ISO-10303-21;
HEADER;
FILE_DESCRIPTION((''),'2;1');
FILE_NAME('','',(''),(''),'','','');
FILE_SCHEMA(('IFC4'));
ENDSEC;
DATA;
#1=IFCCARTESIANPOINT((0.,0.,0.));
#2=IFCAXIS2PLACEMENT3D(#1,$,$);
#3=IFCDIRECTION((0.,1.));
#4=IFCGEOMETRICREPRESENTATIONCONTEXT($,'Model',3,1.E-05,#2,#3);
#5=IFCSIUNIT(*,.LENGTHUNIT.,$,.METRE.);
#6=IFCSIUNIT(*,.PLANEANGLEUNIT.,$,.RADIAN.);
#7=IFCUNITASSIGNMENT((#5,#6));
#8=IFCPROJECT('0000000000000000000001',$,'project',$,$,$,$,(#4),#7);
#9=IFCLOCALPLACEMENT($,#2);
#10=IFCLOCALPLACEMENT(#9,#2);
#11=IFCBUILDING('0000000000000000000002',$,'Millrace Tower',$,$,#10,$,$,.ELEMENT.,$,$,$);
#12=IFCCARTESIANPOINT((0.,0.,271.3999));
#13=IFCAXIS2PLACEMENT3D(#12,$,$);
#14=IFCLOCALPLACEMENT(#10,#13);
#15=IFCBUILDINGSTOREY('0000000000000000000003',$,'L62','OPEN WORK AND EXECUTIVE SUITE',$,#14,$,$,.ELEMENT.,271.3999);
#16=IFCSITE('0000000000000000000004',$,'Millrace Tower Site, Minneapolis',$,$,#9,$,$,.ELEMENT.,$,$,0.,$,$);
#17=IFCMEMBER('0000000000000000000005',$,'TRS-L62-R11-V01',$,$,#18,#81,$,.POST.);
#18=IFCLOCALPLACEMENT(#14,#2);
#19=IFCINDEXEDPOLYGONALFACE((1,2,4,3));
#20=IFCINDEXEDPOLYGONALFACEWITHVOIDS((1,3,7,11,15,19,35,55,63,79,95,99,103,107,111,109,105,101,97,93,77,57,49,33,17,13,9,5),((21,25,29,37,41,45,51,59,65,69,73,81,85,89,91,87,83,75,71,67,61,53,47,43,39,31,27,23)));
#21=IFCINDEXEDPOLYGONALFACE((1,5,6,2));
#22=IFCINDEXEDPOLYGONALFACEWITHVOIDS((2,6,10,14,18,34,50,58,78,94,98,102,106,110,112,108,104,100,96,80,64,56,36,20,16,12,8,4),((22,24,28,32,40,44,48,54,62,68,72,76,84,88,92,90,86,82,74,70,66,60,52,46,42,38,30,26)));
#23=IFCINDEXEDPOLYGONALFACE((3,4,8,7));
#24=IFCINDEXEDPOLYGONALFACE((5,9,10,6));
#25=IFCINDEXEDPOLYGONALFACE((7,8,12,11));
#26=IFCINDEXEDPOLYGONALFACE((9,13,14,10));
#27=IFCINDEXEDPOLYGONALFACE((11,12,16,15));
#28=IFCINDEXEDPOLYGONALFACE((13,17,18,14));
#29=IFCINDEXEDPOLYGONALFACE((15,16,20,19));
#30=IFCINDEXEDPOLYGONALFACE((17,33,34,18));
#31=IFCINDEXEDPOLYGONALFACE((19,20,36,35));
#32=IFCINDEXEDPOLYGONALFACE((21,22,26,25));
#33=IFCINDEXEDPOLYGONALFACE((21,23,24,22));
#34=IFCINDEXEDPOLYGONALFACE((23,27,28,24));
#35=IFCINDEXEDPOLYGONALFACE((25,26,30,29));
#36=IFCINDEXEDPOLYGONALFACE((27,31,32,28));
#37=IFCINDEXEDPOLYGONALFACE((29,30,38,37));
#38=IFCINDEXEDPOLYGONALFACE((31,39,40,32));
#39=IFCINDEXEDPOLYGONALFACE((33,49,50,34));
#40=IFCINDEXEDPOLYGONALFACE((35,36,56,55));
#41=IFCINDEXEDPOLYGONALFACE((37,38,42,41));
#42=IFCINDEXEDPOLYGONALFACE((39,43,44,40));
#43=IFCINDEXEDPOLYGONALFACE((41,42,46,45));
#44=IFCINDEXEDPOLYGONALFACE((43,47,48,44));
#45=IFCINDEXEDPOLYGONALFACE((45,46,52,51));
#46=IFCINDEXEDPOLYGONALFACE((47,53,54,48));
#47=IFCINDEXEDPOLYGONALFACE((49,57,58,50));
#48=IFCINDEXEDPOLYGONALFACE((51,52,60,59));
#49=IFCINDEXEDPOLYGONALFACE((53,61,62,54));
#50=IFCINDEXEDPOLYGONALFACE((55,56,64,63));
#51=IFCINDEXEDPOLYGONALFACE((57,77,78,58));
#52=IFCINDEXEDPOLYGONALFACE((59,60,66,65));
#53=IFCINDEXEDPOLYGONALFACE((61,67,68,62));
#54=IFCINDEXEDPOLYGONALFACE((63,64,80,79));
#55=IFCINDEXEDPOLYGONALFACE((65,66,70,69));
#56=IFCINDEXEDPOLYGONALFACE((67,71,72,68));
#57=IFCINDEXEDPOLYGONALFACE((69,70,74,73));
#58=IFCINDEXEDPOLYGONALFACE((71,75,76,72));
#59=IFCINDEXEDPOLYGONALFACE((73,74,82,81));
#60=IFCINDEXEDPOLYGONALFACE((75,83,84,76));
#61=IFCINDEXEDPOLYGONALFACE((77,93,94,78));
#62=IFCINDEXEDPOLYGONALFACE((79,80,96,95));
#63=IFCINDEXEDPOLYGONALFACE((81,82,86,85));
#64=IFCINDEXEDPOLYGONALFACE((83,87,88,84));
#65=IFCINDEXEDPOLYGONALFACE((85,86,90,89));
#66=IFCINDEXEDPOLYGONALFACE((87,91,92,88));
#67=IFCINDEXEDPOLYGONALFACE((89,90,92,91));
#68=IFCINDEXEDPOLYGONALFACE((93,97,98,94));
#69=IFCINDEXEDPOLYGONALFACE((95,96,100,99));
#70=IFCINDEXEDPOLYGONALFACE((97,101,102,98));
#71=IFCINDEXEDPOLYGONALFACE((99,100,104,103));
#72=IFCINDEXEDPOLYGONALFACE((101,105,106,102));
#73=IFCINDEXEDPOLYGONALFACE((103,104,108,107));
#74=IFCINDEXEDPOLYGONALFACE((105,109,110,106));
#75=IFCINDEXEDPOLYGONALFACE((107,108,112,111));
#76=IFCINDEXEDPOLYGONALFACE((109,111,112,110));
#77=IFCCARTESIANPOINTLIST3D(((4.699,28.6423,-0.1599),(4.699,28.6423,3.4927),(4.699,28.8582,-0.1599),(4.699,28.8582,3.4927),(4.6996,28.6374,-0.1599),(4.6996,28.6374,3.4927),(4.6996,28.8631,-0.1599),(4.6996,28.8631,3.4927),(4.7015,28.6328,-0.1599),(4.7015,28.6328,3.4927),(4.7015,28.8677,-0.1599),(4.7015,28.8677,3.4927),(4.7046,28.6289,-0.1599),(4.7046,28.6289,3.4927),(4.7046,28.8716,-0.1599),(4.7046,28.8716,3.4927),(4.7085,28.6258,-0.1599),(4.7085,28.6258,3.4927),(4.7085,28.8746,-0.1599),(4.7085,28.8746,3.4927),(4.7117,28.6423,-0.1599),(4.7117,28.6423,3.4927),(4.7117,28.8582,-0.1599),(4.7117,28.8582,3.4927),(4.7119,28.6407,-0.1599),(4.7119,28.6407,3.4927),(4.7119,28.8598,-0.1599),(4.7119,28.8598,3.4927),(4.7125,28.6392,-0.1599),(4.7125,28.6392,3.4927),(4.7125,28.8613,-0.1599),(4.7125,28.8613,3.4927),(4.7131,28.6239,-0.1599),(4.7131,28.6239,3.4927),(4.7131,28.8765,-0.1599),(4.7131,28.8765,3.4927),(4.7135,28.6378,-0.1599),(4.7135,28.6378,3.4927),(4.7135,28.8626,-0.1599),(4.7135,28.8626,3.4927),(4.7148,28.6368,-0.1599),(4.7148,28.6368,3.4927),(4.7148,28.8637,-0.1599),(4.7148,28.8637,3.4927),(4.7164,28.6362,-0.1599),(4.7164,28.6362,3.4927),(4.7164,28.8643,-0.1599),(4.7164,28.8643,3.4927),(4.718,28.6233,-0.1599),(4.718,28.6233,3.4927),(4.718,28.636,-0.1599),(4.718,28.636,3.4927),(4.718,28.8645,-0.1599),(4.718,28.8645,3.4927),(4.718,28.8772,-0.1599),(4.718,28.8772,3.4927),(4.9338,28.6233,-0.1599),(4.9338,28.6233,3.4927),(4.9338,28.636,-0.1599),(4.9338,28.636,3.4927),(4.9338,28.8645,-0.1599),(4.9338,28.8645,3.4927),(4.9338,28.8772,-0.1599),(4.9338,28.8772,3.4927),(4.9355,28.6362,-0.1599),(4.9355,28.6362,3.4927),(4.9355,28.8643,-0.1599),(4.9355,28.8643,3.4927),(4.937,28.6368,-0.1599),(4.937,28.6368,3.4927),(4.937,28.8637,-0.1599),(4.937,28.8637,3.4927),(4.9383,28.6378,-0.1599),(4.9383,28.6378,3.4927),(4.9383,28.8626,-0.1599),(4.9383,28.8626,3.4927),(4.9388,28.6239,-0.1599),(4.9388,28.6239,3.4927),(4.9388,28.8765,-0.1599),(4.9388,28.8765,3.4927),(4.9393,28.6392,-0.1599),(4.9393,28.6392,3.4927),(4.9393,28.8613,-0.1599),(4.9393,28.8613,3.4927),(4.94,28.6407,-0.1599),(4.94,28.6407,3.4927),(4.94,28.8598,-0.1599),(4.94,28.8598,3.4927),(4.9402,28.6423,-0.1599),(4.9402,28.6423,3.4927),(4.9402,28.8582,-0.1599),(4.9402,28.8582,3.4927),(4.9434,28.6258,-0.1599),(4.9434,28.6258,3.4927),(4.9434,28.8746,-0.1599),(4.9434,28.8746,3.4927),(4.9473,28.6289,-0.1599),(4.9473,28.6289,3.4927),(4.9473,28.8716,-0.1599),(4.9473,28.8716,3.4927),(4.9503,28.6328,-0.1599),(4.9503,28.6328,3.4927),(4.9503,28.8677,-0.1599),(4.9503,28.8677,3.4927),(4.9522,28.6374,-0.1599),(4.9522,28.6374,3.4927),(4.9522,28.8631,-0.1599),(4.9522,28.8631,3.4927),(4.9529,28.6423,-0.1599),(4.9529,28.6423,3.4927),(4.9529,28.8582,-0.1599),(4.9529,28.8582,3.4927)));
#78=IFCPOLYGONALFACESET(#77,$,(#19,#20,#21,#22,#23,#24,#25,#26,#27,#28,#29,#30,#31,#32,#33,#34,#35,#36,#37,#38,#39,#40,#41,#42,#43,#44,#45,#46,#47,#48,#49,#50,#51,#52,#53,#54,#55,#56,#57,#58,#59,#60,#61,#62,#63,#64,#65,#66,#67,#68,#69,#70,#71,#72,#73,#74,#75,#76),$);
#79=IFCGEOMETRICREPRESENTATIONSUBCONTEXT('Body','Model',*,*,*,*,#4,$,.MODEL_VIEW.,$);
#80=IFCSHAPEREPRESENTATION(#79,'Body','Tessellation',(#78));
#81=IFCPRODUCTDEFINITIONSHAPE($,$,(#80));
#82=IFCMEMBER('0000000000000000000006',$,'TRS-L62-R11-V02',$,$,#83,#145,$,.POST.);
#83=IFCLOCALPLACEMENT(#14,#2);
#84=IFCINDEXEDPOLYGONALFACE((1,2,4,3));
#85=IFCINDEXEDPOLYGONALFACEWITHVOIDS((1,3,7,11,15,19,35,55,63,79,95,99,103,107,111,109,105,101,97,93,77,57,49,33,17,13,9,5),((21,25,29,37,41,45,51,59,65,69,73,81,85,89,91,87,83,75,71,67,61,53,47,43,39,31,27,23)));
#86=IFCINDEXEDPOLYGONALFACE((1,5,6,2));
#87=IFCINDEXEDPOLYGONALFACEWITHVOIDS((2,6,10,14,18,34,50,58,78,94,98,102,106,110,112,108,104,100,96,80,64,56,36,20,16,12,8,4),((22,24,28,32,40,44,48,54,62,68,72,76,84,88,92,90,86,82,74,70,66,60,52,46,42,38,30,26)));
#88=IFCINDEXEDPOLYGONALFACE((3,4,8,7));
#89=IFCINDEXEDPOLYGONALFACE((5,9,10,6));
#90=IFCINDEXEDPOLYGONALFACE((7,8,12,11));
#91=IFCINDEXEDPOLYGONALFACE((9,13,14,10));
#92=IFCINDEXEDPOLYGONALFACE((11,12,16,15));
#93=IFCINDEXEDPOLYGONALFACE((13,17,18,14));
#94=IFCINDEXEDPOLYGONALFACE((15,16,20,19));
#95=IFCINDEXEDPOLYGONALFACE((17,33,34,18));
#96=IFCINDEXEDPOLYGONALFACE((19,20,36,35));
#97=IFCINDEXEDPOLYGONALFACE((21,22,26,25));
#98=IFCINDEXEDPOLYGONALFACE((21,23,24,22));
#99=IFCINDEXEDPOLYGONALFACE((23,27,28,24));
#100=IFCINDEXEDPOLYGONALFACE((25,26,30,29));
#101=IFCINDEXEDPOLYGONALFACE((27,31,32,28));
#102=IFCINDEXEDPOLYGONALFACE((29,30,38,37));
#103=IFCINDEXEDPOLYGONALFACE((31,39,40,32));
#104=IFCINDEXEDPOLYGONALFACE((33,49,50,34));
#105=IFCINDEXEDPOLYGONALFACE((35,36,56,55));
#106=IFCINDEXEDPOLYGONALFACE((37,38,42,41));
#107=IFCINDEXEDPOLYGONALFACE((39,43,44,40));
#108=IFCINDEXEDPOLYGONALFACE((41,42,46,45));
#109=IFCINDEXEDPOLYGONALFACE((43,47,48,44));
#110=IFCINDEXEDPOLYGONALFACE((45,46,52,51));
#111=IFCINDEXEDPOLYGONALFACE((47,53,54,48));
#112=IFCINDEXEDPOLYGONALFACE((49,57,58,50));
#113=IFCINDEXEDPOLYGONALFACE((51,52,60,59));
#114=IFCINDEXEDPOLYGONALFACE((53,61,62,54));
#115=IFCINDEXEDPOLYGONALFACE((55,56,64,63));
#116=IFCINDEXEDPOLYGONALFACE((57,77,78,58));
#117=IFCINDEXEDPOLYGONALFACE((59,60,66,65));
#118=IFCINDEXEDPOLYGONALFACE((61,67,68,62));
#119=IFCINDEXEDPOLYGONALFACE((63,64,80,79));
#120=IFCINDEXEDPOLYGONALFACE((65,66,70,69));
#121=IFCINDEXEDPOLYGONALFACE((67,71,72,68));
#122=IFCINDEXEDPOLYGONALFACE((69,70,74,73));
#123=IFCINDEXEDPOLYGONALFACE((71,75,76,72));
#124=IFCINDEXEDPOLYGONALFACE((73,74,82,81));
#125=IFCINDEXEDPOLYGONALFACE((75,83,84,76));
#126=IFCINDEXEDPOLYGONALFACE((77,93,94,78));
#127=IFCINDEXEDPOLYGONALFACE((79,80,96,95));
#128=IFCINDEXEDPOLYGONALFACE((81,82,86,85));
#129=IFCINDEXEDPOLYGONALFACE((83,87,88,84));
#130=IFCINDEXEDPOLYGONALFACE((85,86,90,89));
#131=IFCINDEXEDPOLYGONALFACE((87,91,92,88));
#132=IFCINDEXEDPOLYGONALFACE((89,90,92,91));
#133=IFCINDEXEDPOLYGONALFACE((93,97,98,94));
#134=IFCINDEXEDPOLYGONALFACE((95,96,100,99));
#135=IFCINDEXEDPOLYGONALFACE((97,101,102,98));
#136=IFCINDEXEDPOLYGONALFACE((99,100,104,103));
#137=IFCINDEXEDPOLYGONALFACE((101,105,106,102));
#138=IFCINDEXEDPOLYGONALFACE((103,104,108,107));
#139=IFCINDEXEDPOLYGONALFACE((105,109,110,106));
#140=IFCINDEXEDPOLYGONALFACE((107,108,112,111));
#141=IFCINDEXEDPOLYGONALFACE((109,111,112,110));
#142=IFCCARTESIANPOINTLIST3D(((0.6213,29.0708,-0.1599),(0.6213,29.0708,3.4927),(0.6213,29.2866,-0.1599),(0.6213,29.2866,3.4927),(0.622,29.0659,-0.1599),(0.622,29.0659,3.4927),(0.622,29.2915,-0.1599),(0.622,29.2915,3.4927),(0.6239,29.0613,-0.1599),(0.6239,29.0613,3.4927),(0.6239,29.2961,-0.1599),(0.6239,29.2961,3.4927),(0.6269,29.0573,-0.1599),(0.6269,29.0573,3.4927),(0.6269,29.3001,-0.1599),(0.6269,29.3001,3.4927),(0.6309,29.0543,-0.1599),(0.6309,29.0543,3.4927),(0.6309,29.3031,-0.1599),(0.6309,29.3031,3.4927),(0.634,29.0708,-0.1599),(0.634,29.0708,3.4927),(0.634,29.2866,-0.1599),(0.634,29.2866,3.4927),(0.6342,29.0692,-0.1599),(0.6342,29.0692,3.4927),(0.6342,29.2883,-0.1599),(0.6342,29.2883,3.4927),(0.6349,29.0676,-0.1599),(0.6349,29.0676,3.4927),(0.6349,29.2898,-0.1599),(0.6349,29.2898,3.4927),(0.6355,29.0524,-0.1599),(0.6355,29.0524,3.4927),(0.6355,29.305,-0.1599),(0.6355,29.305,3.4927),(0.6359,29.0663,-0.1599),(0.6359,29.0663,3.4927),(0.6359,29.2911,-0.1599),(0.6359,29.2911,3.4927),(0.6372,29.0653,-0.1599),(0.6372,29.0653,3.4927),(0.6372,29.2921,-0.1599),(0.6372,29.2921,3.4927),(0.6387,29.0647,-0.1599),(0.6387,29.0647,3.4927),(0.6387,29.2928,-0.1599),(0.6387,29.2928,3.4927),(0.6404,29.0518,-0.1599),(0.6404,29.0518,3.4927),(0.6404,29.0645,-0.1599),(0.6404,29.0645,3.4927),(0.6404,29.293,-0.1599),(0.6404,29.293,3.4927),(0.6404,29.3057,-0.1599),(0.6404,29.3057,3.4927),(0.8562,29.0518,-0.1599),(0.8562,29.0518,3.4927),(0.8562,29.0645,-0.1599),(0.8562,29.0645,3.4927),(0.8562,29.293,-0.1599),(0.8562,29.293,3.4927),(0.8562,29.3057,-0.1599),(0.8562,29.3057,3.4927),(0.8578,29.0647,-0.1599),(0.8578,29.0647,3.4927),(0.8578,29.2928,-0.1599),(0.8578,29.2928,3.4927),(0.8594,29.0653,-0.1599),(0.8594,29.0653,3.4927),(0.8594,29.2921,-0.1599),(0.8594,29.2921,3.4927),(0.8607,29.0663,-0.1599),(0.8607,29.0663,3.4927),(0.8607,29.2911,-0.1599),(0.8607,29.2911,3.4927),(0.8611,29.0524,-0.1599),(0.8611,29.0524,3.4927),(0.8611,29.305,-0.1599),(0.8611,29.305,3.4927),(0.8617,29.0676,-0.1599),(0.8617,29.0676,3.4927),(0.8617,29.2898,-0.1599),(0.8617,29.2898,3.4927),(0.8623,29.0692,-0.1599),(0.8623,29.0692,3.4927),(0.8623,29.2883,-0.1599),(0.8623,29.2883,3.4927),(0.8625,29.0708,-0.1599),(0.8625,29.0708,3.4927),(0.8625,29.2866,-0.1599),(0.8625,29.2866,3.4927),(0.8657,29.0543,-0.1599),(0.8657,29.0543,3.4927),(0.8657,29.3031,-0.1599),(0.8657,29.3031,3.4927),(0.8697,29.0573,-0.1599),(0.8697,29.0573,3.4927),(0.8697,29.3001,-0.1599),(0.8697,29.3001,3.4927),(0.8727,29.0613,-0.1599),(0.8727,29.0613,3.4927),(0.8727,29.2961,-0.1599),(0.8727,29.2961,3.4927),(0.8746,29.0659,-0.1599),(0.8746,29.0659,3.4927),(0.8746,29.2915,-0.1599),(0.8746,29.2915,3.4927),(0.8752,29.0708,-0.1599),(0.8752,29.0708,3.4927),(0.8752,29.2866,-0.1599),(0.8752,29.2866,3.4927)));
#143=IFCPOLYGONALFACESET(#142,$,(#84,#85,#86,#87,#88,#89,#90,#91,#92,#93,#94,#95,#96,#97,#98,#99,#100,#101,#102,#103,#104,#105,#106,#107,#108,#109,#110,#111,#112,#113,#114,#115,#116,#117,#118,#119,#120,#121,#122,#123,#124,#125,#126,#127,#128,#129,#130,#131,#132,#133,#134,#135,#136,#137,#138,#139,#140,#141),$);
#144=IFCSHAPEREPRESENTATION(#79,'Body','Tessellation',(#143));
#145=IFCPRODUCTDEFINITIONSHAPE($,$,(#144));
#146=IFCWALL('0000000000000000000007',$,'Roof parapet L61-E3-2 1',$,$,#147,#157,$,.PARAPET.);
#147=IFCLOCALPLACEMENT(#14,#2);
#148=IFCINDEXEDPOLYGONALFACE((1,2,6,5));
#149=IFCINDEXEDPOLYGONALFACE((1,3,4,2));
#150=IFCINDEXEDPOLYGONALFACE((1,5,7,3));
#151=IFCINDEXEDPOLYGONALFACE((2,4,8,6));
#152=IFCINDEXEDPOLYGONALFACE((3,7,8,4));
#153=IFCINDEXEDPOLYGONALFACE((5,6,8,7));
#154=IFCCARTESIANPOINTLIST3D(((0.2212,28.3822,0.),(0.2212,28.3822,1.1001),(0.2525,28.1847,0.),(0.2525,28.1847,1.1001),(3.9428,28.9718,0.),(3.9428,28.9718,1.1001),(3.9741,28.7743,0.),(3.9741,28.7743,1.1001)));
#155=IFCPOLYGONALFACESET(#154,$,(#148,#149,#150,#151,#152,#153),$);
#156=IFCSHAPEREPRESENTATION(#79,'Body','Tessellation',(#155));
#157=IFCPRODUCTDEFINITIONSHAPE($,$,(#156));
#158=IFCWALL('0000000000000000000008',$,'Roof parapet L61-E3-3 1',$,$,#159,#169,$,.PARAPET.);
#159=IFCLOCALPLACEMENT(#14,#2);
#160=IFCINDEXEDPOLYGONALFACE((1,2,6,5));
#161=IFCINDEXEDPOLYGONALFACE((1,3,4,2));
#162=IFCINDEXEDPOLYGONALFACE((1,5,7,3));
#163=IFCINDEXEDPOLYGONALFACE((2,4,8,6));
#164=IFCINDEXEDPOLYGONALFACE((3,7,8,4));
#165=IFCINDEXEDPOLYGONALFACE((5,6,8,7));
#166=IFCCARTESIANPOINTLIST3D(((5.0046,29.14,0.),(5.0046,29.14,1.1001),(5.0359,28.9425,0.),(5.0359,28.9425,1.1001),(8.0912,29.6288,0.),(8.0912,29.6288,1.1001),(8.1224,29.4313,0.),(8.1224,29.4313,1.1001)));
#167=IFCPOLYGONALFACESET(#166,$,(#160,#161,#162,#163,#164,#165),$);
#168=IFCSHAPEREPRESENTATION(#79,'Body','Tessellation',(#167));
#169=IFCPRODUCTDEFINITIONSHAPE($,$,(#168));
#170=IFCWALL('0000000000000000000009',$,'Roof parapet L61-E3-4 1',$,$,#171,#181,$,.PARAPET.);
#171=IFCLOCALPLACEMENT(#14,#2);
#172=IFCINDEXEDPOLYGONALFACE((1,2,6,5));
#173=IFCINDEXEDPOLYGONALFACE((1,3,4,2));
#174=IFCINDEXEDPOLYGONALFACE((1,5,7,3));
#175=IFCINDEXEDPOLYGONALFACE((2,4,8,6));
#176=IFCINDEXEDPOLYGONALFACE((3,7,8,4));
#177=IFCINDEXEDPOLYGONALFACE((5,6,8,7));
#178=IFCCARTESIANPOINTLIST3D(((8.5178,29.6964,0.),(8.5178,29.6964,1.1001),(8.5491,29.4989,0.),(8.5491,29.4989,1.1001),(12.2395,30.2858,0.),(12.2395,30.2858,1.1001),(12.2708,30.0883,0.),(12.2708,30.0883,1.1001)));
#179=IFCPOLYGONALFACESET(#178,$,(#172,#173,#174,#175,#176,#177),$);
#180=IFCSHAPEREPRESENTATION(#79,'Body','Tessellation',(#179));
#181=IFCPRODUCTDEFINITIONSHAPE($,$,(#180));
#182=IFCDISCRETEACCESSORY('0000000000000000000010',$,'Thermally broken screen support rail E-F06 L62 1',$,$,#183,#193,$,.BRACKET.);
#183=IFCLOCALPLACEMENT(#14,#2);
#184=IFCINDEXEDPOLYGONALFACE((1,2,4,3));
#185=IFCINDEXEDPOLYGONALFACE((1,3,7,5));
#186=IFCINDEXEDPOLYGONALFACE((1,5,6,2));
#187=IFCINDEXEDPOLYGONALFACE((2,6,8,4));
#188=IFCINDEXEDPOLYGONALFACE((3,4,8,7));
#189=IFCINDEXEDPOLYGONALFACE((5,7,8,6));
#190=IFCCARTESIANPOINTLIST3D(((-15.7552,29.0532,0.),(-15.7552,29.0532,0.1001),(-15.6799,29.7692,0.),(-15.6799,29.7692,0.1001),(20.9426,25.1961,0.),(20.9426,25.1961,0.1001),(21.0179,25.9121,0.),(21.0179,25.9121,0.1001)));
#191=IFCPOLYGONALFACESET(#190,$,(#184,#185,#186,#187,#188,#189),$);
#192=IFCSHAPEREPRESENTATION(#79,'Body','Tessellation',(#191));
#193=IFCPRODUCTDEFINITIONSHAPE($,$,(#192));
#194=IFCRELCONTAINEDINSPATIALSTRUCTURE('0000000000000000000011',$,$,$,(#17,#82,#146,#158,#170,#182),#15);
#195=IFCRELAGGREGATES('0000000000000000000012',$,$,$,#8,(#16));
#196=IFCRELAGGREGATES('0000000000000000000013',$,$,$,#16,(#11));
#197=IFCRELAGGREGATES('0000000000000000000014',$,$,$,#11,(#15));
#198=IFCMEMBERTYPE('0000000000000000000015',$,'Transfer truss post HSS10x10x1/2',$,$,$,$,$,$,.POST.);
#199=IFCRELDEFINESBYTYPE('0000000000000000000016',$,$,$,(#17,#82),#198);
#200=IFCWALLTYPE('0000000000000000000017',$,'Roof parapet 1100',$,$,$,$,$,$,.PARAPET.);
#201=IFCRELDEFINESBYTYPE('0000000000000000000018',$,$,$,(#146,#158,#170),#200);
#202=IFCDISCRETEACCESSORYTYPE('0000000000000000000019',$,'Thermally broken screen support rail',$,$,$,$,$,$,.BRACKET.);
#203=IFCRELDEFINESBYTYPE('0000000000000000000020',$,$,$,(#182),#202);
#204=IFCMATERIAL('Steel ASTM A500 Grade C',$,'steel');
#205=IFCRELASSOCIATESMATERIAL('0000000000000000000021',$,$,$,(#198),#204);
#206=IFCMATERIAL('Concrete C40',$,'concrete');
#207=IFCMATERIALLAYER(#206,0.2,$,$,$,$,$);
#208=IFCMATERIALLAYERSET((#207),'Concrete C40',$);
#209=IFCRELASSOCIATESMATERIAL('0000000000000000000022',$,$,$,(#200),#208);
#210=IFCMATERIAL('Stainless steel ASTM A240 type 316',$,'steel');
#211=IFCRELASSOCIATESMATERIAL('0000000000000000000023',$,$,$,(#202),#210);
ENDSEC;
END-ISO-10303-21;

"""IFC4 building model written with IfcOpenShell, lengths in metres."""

from ifc_helpers import new_model, si_unit, direction, frame, frame_2d, origin, origin_2d, place, context, subcontext, project, spatial, rectangle, hollow_rectangle, extrude, material, layer, layer_set, material_profile, profile_set, type_object, element, save


model = new_model("IFC4")

# Units and contexts
model_context = context("Model", 3, precision=1e-05, world=origin(), true_north=direction((0.0, 1.0)))
body_context = subcontext(model_context, "Body", "Model", "MODEL_VIEW")
ifc_project = project(units=[si_unit("LENGTHUNIT", "METRE"), si_unit("PLANEANGLEUNIT", "RADIAN")], contexts=[model_context])

# Site, building, storey
site_placement = place(None, origin())
site = spatial("IfcSite", under=ifc_project, at=site_placement, Name="Millrace Tower Site, Minneapolis", CompositionType="ELEMENT", RefElevation=0.0)
building_placement = place(site_placement, origin())
building = spatial("IfcBuilding", under=site, at=building_placement, Name="Millrace Tower", CompositionType="ELEMENT")
storey_placement = place(building_placement, frame((0.0, 0.0, 271.3999)))
storey = spatial("IfcBuildingStorey", under=building, at=storey_placement, Name="L62", Description="OPEN WORK AND EXECUTIVE SUITE", CompositionType="ELEMENT", Elevation=271.3999)

# Members
ifc_material_1 = material(Name="Steel ASTM A500 Grade C", Category="steel")
ifc_material_profile_1 = material_profile(ifc_material_1, hollow_rectangle(XDim=0.2539, YDim=0.2539, WallThickness=0.0127, InnerFilletRadius=0.0063, OuterFilletRadius=0.019, at=origin_2d()))
ifc_profile_set_1 = profile_set([ifc_material_profile_1], Name="Steel ASTM A500 Grade C")
member_type_1 = type_object("IfcMemberType", Name="Transfer truss post HSS10x10x1/2", PredefinedType="POST", material=ifc_profile_set_1)
for number, where, z_axis, x_axis, name in (
    (1, (4.8259, 28.7502, -0.1599), (0.0, 0.0, 1.0), (1.0, 0.0, 0.0), "TRS-L62-R11-V01"),
    (2, (0.7483, 29.1787, -0.1599), (0.0, 0.0, 1.0), (1.0, 0.0, 0.0), "TRS-L62-R11-V02"),
):
    element("IfcMember", number, at=place(storey_placement, frame(where, z_axis=z_axis, x_axis=x_axis)), inside=storey, type_object=member_type_1, Name=name, PredefinedType="POST", context=body_context, shape_type="SweptSolid", body=[
        extrude(hollow_rectangle(XDim=0.2539, YDim=0.2539, WallThickness=0.0127, InnerFilletRadius=0.0063, OuterFilletRadius=0.019, at=origin_2d()), origin(), (0.0, 0.0, 1.0), 3.6526),
    ])

# Walls
ifc_material_2 = material(Name="Concrete C40", Category="concrete")
ifc_layer_1 = layer(ifc_material_2, 0.2)
ifc_layer_set_1 = layer_set([ifc_layer_1], Name="Concrete C40")
wall_type = type_object("IfcWallType", Name="Roof parapet 1100", PredefinedType="PARAPET", material=ifc_layer_set_1)
wall_1_placement = place(storey_placement, frame((0.2368, 28.2834, 0.0), z_axis=(0.0, 0.0, 1.0), x_axis=(0.987682, 0.156472, 0.0)))
element("IfcWall", 3, at=wall_1_placement, inside=storey, type_object=wall_type, Name="Roof parapet L61-E3-2 1", PredefinedType="PARAPET", context=body_context, shape_type="SweptSolid", body=[
    extrude(rectangle(XDim=3.7681, YDim=0.2, at=frame_2d((1.884, 0.0))), origin(), (0.0, 0.0, 1.0), 1.1001),
])
wall_2_placement = place(storey_placement, frame((5.0203, 29.0413, 0.0), z_axis=(0.0, 0.0, 1.0), x_axis=(0.987692, 0.156412, 0.0)))
element("IfcWall", 4, at=wall_2_placement, inside=storey, type_object=wall_type, Name="Roof parapet L61-E3-3 1", PredefinedType="PARAPET", context=body_context, shape_type="SweptSolid", body=[
    extrude(rectangle(XDim=3.125, YDim=0.2, at=frame_2d((1.5625, 0.0))), origin(), (0.0, 0.0, 1.0), 1.1001),
])
wall_3_placement = place(storey_placement, frame((8.5334, 29.5977, 0.0), z_axis=(0.0, 0.0, 1.0), x_axis=(0.987692, 0.156408, 0.0)))
element("IfcWall", 5, at=wall_3_placement, inside=storey, type_object=wall_type, Name="Roof parapet L61-E3-4 1", PredefinedType="PARAPET", context=body_context, shape_type="SweptSolid", body=[
    extrude(rectangle(XDim=3.7681, YDim=0.2, at=frame_2d((1.884, 0.0))), origin(), (0.0, 0.0, 1.0), 1.1001),
])

# Discrete accessory
ifc_material_3 = material(Name="Stainless steel ASTM A240 type 316", Category="steel")
discrete_accessory_type_1 = type_object("IfcDiscreteAccessoryType", Name="Thermally broken screen support rail", PredefinedType="BRACKET", material=ifc_material_3)
discrete_accessory_1_placement = place(storey_placement, frame((2.6313, 27.4827, 0.0), z_axis=(0.0, 0.0, 1.0), x_axis=(-0.994522, 0.104528, 0.0)))
element("IfcDiscreteAccessory", 6, at=discrete_accessory_1_placement, inside=storey, type_object=discrete_accessory_type_1, Name="Thermally broken screen support rail E-F06 L62 1", PredefinedType="BRACKET", context=body_context, shape_type="SweptSolid", body=[
    extrude(rectangle(XDim=36.8999, YDim=0.72, at=origin_2d()), origin(), (0.0, 0.0, 1.0), 0.1001),
])

save(model, "model.ifc")
